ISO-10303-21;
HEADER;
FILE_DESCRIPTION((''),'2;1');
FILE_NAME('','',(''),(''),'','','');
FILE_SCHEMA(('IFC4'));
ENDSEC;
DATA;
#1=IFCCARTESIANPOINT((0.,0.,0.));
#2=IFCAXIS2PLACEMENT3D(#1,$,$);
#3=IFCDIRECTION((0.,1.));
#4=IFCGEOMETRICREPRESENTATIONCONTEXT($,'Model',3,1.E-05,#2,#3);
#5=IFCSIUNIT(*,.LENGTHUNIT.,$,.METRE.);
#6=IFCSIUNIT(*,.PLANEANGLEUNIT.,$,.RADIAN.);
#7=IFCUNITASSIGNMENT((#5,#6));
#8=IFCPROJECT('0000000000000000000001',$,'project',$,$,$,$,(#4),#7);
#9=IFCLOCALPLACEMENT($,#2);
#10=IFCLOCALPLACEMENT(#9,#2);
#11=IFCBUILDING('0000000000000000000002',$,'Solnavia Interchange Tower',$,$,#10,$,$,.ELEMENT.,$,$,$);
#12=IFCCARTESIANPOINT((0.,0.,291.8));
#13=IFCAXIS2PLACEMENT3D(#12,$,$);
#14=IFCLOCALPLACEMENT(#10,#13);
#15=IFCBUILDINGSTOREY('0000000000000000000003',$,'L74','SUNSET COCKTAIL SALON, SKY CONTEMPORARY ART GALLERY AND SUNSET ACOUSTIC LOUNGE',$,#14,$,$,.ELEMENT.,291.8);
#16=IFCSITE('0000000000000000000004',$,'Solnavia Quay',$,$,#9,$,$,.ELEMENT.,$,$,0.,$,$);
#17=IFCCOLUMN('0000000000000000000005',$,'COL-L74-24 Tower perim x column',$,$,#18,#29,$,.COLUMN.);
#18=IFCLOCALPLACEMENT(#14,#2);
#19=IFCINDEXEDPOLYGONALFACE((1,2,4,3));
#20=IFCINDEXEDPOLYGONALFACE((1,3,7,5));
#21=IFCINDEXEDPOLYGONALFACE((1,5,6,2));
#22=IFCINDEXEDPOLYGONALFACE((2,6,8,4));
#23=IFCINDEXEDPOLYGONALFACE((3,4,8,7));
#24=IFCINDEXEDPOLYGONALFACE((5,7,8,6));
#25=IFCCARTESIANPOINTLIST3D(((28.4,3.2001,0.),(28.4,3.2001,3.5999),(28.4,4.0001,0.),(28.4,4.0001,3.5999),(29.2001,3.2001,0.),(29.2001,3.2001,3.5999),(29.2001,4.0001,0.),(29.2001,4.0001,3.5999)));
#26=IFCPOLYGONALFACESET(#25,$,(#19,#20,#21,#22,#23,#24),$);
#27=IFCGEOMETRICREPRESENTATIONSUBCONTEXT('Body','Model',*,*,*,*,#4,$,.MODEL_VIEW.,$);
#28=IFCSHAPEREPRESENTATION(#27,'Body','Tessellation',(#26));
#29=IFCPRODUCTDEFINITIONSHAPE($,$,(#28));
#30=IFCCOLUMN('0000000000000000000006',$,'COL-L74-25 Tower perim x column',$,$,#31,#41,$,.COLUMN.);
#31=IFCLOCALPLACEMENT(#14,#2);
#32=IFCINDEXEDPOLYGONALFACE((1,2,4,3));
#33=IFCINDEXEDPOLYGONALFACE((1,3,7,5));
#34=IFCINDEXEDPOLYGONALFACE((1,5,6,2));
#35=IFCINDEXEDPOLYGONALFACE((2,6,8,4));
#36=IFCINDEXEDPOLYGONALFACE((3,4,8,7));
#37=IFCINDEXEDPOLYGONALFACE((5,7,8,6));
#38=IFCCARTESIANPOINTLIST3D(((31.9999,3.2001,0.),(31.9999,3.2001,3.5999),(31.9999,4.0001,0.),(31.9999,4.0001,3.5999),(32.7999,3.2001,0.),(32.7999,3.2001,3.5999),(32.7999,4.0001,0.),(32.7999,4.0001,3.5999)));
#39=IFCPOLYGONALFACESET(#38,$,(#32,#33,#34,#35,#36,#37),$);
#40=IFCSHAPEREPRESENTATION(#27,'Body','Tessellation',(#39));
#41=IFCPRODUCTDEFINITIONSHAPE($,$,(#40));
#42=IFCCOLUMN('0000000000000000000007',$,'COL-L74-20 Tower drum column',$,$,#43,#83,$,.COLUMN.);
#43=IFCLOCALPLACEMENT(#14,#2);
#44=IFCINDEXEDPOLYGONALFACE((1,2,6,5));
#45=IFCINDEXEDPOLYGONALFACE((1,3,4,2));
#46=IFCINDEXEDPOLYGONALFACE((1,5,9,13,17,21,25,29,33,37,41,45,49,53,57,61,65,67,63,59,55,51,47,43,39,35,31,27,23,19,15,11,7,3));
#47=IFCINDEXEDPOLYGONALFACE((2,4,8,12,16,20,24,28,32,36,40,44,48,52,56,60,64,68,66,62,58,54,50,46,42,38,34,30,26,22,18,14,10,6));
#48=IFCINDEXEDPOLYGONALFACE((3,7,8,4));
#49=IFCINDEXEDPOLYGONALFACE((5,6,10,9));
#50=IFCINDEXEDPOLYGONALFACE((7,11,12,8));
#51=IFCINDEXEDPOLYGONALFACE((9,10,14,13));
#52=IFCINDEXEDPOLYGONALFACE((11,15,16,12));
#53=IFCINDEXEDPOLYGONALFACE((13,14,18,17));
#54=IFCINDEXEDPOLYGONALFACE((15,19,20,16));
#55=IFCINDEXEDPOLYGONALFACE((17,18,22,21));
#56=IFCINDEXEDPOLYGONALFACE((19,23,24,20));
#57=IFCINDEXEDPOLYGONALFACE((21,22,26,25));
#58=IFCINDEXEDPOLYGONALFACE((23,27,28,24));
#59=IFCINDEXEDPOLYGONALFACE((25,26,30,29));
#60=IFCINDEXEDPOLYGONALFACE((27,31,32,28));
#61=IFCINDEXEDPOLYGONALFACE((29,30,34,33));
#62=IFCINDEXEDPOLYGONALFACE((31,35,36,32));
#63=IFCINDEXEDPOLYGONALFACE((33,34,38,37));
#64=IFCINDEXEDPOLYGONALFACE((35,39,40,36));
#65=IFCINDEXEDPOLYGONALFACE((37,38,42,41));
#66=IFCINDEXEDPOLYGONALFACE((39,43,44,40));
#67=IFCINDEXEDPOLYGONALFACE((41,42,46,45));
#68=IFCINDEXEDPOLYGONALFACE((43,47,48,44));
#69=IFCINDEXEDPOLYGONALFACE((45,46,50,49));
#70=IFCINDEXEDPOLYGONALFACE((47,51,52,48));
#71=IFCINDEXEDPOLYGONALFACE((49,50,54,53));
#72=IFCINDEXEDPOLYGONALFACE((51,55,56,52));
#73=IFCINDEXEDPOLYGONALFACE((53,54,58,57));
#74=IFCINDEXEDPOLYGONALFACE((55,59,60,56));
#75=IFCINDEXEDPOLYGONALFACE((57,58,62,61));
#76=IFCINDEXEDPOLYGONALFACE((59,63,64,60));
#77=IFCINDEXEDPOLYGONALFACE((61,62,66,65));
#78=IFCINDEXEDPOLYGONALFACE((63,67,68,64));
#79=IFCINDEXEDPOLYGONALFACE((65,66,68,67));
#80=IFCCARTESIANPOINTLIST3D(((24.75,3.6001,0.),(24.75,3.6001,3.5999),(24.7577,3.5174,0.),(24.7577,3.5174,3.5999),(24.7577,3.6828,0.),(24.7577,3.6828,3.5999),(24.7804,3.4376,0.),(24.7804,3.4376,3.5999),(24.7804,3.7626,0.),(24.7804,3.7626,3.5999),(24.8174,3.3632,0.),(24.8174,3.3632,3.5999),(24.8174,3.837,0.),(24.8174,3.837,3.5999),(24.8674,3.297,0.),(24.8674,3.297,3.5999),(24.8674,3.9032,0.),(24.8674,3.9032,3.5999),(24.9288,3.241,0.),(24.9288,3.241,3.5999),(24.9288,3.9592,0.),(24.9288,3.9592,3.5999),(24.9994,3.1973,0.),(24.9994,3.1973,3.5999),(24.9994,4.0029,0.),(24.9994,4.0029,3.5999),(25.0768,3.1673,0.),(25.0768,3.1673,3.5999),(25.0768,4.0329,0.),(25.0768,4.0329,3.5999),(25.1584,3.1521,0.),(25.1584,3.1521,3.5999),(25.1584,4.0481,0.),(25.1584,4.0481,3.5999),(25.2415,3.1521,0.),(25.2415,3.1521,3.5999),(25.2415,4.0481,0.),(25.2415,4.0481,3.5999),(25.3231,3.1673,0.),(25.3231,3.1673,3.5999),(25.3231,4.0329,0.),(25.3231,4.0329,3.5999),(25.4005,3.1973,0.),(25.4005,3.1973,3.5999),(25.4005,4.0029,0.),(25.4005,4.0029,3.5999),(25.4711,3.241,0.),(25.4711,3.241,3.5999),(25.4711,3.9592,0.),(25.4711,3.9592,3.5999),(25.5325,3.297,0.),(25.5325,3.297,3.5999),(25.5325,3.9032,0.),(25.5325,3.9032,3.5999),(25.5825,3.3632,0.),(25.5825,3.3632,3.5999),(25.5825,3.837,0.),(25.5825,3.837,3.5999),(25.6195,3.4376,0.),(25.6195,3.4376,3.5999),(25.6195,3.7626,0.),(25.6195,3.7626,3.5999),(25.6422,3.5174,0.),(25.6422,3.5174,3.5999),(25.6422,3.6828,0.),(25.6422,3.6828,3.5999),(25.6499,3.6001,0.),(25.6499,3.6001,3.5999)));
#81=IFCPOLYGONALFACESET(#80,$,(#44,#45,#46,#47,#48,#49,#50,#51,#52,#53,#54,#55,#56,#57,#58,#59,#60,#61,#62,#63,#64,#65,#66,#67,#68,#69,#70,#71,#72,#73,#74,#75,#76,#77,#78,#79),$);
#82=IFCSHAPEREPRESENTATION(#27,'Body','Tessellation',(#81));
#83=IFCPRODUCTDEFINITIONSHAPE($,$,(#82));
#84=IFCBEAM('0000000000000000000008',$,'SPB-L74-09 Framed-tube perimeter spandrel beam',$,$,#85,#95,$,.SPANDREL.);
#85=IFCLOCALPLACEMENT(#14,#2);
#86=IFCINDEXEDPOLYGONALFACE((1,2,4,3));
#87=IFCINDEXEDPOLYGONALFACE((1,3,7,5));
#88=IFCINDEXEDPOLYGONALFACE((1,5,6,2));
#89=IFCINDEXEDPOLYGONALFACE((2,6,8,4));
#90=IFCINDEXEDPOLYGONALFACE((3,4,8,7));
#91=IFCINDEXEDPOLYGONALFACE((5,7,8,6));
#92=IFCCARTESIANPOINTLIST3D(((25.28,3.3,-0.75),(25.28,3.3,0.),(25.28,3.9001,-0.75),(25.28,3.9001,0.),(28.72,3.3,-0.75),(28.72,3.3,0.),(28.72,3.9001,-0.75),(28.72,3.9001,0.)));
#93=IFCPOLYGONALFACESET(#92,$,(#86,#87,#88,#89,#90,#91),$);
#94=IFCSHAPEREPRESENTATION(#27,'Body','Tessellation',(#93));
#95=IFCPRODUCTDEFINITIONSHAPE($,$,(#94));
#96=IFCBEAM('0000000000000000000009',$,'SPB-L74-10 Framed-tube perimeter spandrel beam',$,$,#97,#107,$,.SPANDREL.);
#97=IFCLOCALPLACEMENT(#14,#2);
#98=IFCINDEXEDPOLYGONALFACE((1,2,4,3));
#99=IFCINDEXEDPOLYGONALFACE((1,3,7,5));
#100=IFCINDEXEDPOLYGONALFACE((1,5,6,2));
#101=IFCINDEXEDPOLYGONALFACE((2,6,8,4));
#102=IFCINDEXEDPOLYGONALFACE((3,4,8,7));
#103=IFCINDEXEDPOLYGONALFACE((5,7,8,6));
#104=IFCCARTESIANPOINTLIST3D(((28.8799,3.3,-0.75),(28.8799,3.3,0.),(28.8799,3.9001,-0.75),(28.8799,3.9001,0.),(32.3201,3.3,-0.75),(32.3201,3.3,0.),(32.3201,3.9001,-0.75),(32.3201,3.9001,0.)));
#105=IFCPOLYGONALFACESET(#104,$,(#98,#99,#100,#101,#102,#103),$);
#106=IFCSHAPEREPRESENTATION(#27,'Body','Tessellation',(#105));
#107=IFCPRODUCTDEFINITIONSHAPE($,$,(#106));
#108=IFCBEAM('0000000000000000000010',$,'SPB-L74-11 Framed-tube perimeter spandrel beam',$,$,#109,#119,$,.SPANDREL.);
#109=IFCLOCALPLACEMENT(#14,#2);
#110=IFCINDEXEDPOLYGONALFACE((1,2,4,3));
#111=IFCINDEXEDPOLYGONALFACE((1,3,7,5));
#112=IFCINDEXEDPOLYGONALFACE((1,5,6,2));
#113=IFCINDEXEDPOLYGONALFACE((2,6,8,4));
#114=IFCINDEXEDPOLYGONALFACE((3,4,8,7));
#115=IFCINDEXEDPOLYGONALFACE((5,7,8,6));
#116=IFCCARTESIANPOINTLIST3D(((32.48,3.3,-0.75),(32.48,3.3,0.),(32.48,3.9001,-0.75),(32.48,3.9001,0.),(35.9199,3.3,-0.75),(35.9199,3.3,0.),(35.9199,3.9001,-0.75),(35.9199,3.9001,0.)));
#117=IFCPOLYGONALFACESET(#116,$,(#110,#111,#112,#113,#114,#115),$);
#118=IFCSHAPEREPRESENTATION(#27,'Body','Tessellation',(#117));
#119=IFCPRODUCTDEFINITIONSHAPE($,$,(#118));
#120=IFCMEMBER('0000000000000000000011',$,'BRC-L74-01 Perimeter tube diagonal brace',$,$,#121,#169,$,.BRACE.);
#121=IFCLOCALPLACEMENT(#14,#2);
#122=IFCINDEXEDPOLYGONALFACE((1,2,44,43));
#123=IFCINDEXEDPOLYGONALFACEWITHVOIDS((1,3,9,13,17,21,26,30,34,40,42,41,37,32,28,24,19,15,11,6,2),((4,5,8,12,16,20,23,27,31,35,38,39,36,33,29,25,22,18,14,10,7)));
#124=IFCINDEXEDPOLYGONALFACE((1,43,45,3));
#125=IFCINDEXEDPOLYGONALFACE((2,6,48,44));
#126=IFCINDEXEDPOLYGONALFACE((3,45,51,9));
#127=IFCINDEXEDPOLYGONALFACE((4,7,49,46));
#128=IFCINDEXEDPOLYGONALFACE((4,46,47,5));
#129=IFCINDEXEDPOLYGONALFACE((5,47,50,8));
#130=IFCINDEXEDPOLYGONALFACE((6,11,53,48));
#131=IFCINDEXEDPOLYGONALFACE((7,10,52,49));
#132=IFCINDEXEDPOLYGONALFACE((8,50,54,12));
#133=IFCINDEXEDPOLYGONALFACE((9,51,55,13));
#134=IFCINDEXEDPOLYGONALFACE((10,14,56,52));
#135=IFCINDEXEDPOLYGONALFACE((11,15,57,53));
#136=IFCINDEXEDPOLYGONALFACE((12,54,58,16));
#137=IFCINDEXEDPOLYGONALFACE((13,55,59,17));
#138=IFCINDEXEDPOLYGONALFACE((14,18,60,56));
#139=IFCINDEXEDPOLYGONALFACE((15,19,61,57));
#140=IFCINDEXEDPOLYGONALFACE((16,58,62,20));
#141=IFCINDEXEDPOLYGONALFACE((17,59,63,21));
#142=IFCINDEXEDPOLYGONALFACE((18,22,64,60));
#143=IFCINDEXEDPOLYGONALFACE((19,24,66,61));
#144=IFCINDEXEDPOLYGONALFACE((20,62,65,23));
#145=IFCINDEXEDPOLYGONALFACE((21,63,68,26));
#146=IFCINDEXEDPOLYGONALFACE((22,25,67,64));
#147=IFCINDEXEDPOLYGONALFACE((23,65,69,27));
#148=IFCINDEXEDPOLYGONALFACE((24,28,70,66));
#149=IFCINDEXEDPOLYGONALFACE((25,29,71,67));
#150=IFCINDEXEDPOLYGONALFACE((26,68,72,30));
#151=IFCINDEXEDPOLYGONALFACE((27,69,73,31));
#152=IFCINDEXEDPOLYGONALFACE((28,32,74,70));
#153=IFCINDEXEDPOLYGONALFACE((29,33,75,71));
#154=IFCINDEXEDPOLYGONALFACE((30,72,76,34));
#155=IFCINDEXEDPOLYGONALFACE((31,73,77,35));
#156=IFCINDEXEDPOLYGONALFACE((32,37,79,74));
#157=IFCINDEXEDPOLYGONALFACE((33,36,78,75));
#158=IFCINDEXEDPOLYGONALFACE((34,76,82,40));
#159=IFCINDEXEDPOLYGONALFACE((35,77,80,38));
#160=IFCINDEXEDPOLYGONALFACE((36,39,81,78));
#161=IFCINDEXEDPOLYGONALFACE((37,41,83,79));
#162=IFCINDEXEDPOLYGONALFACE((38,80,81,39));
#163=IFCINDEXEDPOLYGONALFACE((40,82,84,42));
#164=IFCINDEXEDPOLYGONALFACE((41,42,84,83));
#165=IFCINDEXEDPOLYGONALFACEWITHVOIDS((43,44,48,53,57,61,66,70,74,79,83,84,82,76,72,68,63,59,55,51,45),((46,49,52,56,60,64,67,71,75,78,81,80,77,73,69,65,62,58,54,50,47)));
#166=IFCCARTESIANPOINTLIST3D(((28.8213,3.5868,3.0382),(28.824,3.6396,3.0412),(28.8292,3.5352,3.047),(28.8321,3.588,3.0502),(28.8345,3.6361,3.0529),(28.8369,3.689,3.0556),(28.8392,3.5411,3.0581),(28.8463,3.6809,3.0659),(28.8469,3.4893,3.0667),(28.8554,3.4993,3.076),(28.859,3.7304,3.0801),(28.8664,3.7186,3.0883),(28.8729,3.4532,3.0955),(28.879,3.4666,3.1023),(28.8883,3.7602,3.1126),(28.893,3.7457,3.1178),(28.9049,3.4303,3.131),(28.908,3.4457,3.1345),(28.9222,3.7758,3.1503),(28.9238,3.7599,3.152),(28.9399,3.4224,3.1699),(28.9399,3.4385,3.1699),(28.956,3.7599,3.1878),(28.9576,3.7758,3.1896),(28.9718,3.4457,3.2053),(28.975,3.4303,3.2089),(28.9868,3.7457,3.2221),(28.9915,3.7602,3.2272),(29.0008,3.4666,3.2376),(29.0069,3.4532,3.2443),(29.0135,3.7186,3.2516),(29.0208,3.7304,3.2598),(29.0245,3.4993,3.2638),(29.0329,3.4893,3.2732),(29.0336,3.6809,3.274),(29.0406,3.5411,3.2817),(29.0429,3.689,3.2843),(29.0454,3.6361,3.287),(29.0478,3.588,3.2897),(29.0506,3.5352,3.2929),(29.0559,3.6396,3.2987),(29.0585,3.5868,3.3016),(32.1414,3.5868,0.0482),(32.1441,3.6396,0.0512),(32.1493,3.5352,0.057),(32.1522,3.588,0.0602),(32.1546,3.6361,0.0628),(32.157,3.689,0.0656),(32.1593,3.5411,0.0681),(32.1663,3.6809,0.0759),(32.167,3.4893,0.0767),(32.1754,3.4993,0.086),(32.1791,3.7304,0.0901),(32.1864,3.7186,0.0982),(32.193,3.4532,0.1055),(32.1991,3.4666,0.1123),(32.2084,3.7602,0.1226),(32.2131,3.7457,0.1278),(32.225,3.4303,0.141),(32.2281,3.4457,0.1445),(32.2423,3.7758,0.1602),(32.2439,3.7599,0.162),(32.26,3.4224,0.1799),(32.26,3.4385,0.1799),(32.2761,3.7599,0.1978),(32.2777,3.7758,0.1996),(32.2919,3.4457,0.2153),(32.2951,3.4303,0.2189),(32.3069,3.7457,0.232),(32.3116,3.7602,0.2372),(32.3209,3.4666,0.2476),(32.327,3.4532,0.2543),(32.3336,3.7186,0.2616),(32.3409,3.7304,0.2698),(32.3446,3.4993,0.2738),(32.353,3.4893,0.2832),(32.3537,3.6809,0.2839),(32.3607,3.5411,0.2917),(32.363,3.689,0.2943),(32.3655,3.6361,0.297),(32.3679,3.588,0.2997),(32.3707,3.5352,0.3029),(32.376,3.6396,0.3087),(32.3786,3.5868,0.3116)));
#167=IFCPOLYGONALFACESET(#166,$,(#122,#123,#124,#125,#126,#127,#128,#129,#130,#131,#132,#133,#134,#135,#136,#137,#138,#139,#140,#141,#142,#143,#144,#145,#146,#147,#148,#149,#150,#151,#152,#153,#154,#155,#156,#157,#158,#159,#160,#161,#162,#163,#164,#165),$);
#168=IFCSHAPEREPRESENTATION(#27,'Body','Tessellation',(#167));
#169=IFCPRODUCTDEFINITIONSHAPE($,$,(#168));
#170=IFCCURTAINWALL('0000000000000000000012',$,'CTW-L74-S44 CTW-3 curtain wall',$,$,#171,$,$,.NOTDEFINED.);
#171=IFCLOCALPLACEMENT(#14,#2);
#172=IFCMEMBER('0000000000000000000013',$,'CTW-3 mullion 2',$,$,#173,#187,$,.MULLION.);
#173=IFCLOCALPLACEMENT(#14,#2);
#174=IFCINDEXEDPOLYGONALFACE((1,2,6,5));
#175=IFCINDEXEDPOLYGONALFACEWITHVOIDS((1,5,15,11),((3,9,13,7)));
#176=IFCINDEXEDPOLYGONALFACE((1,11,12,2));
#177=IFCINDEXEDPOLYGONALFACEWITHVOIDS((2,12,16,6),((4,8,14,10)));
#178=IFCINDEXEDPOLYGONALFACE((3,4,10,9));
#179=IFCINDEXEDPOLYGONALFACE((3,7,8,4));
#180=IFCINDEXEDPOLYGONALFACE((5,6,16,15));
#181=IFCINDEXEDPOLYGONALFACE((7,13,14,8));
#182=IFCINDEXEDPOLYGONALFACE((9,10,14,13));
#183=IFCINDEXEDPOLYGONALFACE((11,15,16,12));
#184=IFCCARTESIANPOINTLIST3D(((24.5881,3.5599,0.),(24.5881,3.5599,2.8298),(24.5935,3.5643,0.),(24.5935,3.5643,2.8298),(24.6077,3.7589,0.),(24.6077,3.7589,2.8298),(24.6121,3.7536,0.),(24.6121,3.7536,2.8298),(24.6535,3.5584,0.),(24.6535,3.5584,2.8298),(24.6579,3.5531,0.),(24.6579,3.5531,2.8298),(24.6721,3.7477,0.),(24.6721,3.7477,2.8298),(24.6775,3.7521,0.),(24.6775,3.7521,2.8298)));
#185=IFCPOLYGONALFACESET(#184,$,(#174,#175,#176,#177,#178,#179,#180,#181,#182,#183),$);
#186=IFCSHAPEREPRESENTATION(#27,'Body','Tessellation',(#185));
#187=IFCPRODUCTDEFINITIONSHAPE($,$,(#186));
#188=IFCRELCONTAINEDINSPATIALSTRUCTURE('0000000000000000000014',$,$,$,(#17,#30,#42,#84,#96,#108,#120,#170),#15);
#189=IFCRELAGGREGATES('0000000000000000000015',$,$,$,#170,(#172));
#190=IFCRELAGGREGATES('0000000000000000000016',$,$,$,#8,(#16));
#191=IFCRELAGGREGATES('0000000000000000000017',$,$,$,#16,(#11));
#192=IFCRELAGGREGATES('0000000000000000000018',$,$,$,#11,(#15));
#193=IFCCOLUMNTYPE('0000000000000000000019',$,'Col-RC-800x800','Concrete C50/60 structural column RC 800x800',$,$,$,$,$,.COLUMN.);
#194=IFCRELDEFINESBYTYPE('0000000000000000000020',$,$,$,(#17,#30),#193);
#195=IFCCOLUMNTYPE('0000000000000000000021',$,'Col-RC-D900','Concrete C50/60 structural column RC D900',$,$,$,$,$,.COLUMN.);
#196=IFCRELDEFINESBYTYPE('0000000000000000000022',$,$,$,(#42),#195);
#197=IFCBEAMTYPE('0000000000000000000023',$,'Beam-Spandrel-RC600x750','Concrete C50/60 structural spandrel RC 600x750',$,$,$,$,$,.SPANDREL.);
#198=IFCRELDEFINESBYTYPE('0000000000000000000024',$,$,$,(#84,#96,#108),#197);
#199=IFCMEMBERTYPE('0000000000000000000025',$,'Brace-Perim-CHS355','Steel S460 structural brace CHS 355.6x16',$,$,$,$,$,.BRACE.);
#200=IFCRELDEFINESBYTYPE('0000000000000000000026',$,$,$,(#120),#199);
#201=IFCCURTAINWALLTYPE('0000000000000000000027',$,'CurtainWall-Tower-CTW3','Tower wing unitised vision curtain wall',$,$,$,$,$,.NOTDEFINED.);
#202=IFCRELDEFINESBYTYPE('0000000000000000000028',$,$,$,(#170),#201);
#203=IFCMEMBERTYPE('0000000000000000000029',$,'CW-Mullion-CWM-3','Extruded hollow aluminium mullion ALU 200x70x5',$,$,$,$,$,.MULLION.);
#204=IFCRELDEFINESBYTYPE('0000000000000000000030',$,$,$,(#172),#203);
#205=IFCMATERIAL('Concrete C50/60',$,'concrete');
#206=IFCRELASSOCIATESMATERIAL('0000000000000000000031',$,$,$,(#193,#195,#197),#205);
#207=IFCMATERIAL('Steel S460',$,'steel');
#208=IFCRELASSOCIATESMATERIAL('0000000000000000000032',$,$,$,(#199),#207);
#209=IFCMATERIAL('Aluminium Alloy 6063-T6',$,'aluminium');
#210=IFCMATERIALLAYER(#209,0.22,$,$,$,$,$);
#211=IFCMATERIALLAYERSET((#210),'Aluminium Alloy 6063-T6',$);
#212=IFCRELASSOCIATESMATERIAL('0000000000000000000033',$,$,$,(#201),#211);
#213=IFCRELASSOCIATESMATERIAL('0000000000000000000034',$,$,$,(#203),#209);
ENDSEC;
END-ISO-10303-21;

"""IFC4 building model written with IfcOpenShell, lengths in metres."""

from ifc_helpers import new_model, si_unit, direction, frame, origin, origin_2d, place, context, subcontext, project, spatial, rectangle, hollow_rectangle, circle, hollow_circle, extrude, material, layer, layer_set, material_profile, profile_set, type_object, element, aggregate, save


model = new_model("IFC4")

# Units and contexts
model_context = context("Model", 3, precision=1e-05, world=origin(), true_north=direction((0.0, 1.0)))
body_context = subcontext(model_context, "Body", "Model", "MODEL_VIEW")
ifc_project = project(units=[si_unit("LENGTHUNIT", "METRE"), si_unit("PLANEANGLEUNIT", "RADIAN")], contexts=[model_context])

# Site, building, storey
site_placement = place(None, origin())
site = spatial("IfcSite", under=ifc_project, at=site_placement, Name="Solnavia Quay", CompositionType="ELEMENT", RefElevation=0.0)
building_placement = place(site_placement, origin())
building = spatial("IfcBuilding", under=site, at=building_placement, Name="Solnavia Interchange Tower", CompositionType="ELEMENT")
storey_placement = place(building_placement, frame((0.0, 0.0, 291.8)))
storey = spatial("IfcBuildingStorey", under=building, at=storey_placement, Name="L74", Description="SUNSET COCKTAIL SALON, SKY CONTEMPORARY ART GALLERY AND SUNSET ACOUSTIC LOUNGE", CompositionType="ELEMENT", Elevation=291.8)

# Columns
ifc_material_1 = material(Name="Concrete C50/60", Category="concrete")
ifc_material_profile_1 = material_profile(ifc_material_1, rectangle(XDim=0.8, YDim=0.8, at=origin_2d()), Name="RC 800x800")
ifc_profile_set_1 = profile_set([ifc_material_profile_1], Name="Concrete C50/60")
column_type_1 = type_object("IfcColumnType", Name="Col-RC-800x800", Description="Concrete C50/60 structural column RC 800x800", PredefinedType="COLUMN", material=ifc_profile_set_1)
for number, where, z_axis, x_axis, name in (
    (1, (28.8, 3.6001, 0.0), (0.0, 0.0, 1.0), (1.0, 0.0, 0.0), "COL-L74-24 Tower perim x column"),
    (2, (32.3999, 3.6001, 0.0), (0.0, 0.0, 1.0), (1.0, 0.0, 0.0), "COL-L74-25 Tower perim x column"),
):
    element("IfcColumn", number, at=place(storey_placement, frame(where, z_axis=z_axis, x_axis=x_axis)), inside=storey, type_object=column_type_1, Name=name, PredefinedType="COLUMN", context=body_context, shape_type="SweptSolid", body=[
        extrude(rectangle(XDim=0.8, YDim=0.8, at=origin_2d()), origin(), (0.0, 0.0, 1.0), 3.5999),
    ])
ifc_material_profile_2 = material_profile(ifc_material_1, circle(Radius=0.45, at=origin_2d()), Name="RC D900")
ifc_profile_set_2 = profile_set([ifc_material_profile_2], Name="Concrete C50/60")
column_type_2 = type_object("IfcColumnType", Name="Col-RC-D900", Description="Concrete C50/60 structural column RC D900", PredefinedType="COLUMN", material=ifc_profile_set_2)
column_placement = place(storey_placement, frame((25.2, 3.6001, 0.0), z_axis=(0.0, 0.0, 1.0), x_axis=(1.0, 0.0, 0.0)))
element("IfcColumn", 3, at=column_placement, inside=storey, type_object=column_type_2, Name="COL-L74-20 Tower drum column", PredefinedType="COLUMN", context=body_context, shape_type="SweptSolid", body=[
    extrude(circle(Radius=0.45, at=origin_2d()), origin(), (0.0, 0.0, 1.0), 3.5999),
])

# Beams
ifc_material_profile_3 = material_profile(ifc_material_1, rectangle(XDim=0.6001, YDim=0.75, at=origin_2d()), Name="RC 600x750")
ifc_profile_set_3 = profile_set([ifc_material_profile_3], Name="Concrete C50/60")
beam_type = type_object("IfcBeamType", Name="Beam-Spandrel-RC600x750", Description="Concrete C50/60 structural spandrel RC 600x750", PredefinedType="SPANDREL", material=ifc_profile_set_3)
beam_1_placement = place(storey_placement, frame((25.28, 3.6001, -0.375), z_axis=(1.0, 0.0, 0.0), x_axis=(0.0, 1.0, 0.0)))
element("IfcBeam", 4, at=beam_1_placement, inside=storey, type_object=beam_type, Name="SPB-L74-09 Framed-tube perimeter spandrel beam", PredefinedType="SPANDREL", context=body_context, shape_type="SweptSolid", body=[
    extrude(rectangle(XDim=0.6001, YDim=0.75, at=origin_2d()), origin(), (0.0, 0.0, 1.0), 3.4399),
])
beam_2_placement = place(storey_placement, frame((28.8799, 3.6001, -0.375), z_axis=(1.0, 0.0, 0.0), x_axis=(0.0, 1.0, 0.0)))
element("IfcBeam", 5, at=beam_2_placement, inside=storey, type_object=beam_type, Name="SPB-L74-10 Framed-tube perimeter spandrel beam", PredefinedType="SPANDREL", context=body_context, shape_type="SweptSolid", body=[
    extrude(rectangle(XDim=0.6001, YDim=0.75, at=origin_2d()), origin(), (0.0, 0.0, 1.0), 3.4402),
])
beam_3_placement = place(storey_placement, frame((32.48, 3.6001, -0.375), z_axis=(1.0, 0.0, 0.0), x_axis=(0.0, 1.0, 0.0)))
element("IfcBeam", 6, at=beam_3_placement, inside=storey, type_object=beam_type, Name="SPB-L74-11 Framed-tube perimeter spandrel beam", PredefinedType="SPANDREL", context=body_context, shape_type="SweptSolid", body=[
    extrude(rectangle(XDim=0.6001, YDim=0.75, at=origin_2d()), origin(), (0.0, 0.0, 1.0), 3.4399),
])

# Member
ifc_material_2 = material(Name="Steel S460", Category="steel")
ifc_material_profile_4 = material_profile(ifc_material_2, hollow_circle(Radius=0.1777, WallThickness=0.0161, at=origin_2d()), Name="CHS 355.6x16")
ifc_profile_set_4 = profile_set([ifc_material_profile_4], Name="Steel S460")
member_type_1 = type_object("IfcMemberType", Name="Brace-Perim-CHS355", Description="Steel S460 structural brace CHS 355.6x16", PredefinedType="BRACE", material=ifc_profile_set_4)
member_1_placement = place(storey_placement, frame((32.26, 3.6001, 0.1799), z_axis=(-0.743079, 0.0, 0.669203), x_axis=(0.0, -1.0, 0.0)))
element("IfcMember", 7, at=member_1_placement, inside=storey, type_object=member_type_1, Name="BRC-L74-01 Perimeter tube diagonal brace", PredefinedType="BRACE", context=body_context, shape_type="SweptSolid", body=[
    extrude(hollow_circle(Radius=0.1777, WallThickness=0.0161, at=origin_2d()), origin(), (0.0, 0.0, 1.0), 4.468),
])

# Curtain wall, member
ifc_material_3 = material(Name="Aluminium Alloy 6063-T6", Category="aluminium")
ifc_layer_1 = layer(ifc_material_3, 0.22)
ifc_layer_set_1 = layer_set([ifc_layer_1], Name="Aluminium Alloy 6063-T6")
curtain_wall_type = type_object("IfcCurtainWallType", Name="CurtainWall-Tower-CTW3", Description="Tower wing unitised vision curtain wall", PredefinedType="NOTDEFINED", material=ifc_layer_set_1)
curtain_wall_placement = place(storey_placement, origin())
curtain_wall = element("IfcCurtainWall", 8, at=curtain_wall_placement, inside=storey, type_object=curtain_wall_type, Name="CTW-L74-S44 CTW-3 curtain wall", PredefinedType="NOTDEFINED")
ifc_material_profile_5 = material_profile(ifc_material_3, hollow_rectangle(XDim=0.0701, YDim=0.2, WallThickness=0.0049, at=origin_2d()), Name="ALU 200x70x5")
ifc_profile_set_5 = profile_set([ifc_material_profile_5], Name="Aluminium Alloy 6063-T6")
member_type_2 = type_object("IfcMemberType", Name="CW-Mullion-CWM-3", Description="Extruded hollow aluminium mullion ALU 200x70x5", PredefinedType="MULLION", material=ifc_profile_set_5)
member_2_placement = place(storey_placement, frame((24.6328, 3.656, 0.0), z_axis=(0.0, 0.0, 1.0), x_axis=(0.995186, -0.098006, 0.0)))
member_2 = element("IfcMember", 9, at=member_2_placement, type_object=member_type_2, Name="CTW-3 mullion 2", PredefinedType="MULLION", context=body_context, shape_type="SweptSolid", body=[
    extrude(hollow_rectangle(XDim=0.0701, YDim=0.2, WallThickness=0.0049, at=origin_2d()), origin(), (0.0, 0.0, 1.0), 2.8298),
])
aggregate(curtain_wall, [member_2])

save(model, "model.ifc")
